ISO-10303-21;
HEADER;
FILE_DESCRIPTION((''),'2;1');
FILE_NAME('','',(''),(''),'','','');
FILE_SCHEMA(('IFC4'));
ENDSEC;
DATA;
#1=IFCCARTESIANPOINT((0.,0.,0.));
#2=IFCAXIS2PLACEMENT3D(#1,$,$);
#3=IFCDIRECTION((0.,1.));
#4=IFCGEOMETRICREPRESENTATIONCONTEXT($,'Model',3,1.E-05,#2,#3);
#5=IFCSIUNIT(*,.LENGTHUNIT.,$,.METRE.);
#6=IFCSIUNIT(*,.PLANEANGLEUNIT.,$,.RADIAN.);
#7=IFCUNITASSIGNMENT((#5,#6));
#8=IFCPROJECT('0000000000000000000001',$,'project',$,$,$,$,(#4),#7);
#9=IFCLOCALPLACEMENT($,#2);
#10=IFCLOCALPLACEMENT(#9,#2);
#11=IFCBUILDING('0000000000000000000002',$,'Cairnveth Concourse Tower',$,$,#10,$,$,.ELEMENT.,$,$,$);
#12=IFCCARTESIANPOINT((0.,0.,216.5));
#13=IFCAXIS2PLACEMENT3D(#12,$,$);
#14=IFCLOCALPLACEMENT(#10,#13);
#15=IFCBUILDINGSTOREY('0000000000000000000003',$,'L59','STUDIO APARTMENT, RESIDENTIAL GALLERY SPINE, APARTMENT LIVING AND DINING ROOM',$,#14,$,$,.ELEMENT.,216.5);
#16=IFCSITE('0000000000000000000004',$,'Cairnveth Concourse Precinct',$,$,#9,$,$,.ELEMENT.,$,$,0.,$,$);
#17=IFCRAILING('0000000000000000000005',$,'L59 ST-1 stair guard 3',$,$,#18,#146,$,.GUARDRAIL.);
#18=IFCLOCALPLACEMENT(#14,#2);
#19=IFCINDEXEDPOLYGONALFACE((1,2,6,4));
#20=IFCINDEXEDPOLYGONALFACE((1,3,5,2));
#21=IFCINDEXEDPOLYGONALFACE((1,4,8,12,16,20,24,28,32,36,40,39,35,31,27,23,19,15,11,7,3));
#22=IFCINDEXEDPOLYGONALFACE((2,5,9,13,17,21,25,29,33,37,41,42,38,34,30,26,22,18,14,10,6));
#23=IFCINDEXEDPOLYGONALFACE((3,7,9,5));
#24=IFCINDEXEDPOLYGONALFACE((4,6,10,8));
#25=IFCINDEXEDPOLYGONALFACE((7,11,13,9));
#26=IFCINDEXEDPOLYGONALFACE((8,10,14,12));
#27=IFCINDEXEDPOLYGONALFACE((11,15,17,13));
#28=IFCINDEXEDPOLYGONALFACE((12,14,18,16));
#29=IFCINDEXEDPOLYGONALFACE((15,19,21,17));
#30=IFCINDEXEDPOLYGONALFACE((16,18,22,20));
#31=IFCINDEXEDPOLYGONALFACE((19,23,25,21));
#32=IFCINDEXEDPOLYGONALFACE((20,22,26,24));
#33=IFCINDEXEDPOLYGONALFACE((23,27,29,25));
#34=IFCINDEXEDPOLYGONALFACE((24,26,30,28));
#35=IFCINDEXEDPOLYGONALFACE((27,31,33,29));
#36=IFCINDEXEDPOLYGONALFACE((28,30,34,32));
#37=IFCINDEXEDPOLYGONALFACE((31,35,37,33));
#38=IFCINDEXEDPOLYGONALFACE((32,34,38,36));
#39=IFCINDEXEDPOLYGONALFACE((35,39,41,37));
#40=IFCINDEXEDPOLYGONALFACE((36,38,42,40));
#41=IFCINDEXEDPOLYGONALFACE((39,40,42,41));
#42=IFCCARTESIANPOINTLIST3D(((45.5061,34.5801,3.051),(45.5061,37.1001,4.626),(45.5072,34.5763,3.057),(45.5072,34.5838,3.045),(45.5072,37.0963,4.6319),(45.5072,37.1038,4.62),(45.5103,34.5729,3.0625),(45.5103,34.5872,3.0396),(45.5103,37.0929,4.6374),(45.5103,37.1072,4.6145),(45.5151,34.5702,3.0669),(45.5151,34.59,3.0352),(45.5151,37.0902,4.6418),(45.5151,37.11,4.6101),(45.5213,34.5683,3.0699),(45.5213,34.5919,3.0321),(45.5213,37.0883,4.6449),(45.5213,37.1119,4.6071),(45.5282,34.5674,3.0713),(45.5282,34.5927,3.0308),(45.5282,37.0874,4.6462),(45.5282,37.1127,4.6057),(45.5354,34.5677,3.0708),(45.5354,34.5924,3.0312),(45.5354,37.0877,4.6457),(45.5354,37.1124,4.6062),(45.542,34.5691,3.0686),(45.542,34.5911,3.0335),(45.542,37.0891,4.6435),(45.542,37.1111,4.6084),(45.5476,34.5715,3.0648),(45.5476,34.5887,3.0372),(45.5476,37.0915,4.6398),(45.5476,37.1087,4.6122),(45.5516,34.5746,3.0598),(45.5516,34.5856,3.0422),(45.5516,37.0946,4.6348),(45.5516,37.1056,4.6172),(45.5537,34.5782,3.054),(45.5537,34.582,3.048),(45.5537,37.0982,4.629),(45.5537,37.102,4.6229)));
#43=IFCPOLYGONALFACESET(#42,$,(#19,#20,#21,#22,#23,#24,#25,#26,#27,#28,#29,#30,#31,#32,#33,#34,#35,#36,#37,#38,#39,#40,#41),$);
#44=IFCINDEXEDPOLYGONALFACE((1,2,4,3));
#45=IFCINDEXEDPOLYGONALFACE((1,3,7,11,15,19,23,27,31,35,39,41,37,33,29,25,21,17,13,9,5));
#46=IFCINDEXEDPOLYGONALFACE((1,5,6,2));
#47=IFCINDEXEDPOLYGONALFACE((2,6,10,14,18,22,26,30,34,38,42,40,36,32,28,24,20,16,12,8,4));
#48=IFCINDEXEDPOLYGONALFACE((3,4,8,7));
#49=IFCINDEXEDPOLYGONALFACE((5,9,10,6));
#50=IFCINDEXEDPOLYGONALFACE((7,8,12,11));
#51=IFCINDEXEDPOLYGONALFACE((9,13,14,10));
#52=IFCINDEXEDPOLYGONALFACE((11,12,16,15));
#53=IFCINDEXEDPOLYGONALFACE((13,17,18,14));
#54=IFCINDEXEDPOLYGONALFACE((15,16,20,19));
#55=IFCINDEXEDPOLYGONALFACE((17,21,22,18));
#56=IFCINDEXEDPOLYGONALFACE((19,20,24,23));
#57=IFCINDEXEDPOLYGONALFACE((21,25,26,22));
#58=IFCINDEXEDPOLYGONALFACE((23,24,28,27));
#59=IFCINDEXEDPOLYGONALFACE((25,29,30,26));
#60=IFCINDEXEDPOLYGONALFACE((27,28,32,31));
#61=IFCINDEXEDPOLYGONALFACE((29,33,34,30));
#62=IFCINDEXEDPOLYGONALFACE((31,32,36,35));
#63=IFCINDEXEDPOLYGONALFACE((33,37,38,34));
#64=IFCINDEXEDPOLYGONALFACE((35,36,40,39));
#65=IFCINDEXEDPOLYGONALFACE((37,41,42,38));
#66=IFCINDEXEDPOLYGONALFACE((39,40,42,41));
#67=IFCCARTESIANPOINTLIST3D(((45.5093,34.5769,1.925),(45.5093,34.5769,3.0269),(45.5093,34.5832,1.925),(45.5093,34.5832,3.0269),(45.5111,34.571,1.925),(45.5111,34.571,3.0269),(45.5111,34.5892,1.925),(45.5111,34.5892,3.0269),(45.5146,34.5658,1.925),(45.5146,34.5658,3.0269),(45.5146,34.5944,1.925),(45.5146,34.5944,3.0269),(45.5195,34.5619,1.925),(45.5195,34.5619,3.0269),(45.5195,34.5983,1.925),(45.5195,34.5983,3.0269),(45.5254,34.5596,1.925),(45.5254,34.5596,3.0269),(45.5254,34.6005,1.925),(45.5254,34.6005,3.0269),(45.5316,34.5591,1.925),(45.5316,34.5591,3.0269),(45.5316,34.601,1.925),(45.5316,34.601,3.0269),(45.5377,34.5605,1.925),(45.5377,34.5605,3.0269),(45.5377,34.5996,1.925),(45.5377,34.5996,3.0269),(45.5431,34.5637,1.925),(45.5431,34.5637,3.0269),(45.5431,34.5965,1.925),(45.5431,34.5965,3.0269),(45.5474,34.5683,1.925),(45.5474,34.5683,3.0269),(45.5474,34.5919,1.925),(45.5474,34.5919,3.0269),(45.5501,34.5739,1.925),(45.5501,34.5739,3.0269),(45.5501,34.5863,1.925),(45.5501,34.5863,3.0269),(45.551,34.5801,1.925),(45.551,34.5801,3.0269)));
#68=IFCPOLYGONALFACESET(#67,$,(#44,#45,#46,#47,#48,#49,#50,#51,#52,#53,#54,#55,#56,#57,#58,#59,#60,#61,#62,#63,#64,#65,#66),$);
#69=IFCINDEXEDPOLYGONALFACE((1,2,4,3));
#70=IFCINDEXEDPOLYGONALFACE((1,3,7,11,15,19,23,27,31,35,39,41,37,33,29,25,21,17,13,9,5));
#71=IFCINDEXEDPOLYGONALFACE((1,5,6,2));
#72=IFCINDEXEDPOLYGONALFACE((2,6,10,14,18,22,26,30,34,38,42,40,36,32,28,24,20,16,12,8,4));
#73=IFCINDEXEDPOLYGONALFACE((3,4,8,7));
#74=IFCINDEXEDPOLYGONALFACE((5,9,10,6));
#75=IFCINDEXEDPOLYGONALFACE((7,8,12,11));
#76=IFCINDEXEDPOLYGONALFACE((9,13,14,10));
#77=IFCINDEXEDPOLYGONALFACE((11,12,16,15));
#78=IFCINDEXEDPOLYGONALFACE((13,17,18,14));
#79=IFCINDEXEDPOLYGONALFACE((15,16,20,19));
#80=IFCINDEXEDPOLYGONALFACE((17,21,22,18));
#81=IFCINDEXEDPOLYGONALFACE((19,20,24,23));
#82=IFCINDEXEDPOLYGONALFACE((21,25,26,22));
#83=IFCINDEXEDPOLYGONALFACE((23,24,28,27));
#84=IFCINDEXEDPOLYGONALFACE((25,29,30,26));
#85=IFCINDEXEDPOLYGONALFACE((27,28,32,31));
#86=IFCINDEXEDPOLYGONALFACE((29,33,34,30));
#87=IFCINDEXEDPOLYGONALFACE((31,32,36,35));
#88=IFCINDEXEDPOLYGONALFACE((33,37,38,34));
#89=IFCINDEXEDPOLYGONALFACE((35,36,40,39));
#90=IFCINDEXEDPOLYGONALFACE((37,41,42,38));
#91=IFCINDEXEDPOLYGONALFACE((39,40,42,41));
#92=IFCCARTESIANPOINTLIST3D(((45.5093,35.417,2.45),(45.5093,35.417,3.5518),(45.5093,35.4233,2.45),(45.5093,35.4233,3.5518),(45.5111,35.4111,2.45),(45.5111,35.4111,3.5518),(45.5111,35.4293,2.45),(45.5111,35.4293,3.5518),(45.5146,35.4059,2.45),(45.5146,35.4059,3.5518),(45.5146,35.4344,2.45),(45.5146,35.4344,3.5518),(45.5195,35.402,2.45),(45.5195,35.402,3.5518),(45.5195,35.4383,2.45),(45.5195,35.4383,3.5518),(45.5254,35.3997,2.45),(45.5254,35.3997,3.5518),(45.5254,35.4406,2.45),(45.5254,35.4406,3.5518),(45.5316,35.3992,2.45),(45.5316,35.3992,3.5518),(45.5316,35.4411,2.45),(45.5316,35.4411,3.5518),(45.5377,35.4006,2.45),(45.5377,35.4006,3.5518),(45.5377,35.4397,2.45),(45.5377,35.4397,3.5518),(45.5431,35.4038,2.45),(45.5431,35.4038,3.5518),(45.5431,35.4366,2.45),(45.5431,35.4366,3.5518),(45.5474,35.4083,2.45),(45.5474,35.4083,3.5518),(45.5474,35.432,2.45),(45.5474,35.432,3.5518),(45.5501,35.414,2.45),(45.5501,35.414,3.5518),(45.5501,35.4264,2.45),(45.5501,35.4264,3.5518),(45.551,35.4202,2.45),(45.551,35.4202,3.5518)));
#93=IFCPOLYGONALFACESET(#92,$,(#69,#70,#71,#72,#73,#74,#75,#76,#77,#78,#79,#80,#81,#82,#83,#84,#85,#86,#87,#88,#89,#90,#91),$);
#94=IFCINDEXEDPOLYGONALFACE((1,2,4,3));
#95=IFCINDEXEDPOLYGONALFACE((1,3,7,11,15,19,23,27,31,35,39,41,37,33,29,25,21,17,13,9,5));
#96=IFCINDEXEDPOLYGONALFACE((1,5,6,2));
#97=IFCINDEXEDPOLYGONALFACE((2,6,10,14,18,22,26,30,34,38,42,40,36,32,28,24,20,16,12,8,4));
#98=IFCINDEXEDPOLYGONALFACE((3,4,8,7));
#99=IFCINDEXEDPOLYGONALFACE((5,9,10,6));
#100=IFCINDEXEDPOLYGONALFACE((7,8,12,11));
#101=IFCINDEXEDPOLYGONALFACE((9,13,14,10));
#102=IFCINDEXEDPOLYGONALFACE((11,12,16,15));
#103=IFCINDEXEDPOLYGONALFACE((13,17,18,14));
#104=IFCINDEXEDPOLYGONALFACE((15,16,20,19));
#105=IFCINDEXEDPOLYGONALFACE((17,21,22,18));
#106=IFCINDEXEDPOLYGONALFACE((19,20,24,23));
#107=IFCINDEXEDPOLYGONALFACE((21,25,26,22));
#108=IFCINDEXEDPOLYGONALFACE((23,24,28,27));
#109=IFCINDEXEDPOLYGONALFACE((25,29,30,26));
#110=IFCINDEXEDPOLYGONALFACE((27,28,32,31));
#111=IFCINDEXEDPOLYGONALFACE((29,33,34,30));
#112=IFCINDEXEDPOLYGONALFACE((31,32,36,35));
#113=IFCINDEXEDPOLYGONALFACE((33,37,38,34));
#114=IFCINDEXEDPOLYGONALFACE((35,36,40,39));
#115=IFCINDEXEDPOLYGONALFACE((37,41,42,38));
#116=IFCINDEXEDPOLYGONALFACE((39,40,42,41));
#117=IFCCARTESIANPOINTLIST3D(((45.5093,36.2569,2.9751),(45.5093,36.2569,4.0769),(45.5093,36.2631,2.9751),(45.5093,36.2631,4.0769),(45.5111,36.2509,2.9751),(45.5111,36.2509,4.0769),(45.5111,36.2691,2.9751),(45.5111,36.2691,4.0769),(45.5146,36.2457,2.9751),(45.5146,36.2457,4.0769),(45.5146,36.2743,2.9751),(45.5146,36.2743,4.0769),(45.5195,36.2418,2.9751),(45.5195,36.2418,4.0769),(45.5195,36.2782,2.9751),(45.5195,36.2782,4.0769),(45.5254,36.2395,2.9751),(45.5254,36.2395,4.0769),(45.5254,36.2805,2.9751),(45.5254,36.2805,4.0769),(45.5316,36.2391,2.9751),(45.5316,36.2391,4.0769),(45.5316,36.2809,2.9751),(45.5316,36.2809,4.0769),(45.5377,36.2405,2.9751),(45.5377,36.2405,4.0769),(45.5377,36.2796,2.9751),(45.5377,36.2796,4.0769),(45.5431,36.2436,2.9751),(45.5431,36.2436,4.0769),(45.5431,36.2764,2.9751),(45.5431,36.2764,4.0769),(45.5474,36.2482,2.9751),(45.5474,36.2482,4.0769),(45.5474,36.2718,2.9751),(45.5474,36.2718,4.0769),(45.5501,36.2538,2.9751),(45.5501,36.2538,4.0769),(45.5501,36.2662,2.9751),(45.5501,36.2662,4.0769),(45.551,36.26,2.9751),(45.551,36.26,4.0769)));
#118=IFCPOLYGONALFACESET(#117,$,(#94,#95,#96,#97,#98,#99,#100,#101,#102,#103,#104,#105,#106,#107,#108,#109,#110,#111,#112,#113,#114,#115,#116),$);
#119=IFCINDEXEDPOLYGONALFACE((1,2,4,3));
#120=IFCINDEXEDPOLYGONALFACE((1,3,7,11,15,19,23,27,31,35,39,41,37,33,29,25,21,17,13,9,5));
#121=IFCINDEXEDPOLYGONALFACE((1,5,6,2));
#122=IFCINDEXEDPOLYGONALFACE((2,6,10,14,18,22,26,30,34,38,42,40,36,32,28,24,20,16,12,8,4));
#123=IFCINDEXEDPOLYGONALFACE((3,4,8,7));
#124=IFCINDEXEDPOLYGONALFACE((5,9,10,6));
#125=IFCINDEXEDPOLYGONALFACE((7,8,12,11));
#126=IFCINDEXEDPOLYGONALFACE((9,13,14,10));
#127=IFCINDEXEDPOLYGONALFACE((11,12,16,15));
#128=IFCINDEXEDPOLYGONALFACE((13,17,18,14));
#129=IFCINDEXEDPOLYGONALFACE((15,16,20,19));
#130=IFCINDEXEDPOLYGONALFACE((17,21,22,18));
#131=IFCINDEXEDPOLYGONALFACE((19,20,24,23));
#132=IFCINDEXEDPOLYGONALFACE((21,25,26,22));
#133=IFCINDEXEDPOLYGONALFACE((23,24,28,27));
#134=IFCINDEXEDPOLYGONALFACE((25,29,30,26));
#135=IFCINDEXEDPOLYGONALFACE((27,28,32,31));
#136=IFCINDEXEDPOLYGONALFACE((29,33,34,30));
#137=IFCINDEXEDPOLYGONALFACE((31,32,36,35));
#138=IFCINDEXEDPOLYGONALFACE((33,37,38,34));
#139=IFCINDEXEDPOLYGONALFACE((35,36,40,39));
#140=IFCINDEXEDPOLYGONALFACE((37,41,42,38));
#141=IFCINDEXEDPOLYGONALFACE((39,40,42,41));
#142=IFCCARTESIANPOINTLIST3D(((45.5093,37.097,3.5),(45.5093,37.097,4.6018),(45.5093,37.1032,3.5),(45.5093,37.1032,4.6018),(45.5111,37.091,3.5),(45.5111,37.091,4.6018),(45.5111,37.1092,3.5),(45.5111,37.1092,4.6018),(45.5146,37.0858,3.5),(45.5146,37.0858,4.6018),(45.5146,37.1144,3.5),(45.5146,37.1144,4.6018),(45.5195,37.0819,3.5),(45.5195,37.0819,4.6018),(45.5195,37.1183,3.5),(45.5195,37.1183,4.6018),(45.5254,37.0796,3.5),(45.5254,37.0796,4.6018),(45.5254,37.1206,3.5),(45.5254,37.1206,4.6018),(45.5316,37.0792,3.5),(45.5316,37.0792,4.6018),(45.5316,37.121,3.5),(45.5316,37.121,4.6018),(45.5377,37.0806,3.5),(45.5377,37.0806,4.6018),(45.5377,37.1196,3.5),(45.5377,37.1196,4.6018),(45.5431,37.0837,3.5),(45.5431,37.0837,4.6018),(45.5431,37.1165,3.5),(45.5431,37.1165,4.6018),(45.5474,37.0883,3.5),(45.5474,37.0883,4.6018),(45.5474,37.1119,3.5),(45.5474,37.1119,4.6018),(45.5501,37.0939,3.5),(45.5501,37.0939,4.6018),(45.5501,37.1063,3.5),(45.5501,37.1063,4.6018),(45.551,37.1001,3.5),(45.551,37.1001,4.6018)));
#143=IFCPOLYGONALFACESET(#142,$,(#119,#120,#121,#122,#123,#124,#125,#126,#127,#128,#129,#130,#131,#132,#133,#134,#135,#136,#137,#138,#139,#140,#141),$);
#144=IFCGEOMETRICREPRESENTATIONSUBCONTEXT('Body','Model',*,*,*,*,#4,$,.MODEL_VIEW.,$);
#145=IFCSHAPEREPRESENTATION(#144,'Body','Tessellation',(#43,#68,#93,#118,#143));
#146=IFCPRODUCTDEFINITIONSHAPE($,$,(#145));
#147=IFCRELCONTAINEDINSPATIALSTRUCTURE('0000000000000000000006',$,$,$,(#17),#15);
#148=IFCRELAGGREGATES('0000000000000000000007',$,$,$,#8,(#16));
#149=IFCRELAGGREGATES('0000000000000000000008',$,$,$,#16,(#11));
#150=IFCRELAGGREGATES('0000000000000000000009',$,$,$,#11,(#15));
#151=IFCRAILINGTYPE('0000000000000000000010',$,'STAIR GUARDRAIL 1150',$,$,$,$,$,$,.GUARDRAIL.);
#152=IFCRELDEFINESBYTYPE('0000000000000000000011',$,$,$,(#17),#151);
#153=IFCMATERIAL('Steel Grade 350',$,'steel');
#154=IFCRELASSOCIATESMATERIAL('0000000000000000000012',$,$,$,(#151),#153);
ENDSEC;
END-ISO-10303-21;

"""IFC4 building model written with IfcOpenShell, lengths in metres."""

from ifc_helpers import new_model, si_unit, direction, frame, origin, origin_2d, place, context, subcontext, project, spatial, circle, extrude, material, type_object, element, save


model = new_model("IFC4")

# Units and contexts
model_context = context("Model", 3, precision=1e-05, world=origin(), true_north=direction((0.0, 1.0)))
body_context = subcontext(model_context, "Body", "Model", "MODEL_VIEW")
ifc_project = project(units=[si_unit("LENGTHUNIT", "METRE"), si_unit("PLANEANGLEUNIT", "RADIAN")], contexts=[model_context])

# Site, building, storey
site_placement = place(None, origin())
site = spatial("IfcSite", under=ifc_project, at=site_placement, Name="Cairnveth Concourse Precinct", CompositionType="ELEMENT", RefElevation=0.0)
building_placement = place(site_placement, origin())
building = spatial("IfcBuilding", under=site, at=building_placement, Name="Cairnveth Concourse Tower", CompositionType="ELEMENT")
storey_placement = place(building_placement, frame((0.0, 0.0, 216.5)))
storey = spatial("IfcBuildingStorey", under=building, at=storey_placement, Name="L59", Description="STUDIO APARTMENT, RESIDENTIAL GALLERY SPINE, APARTMENT LIVING AND DINING ROOM", CompositionType="ELEMENT", Elevation=216.5)

# Shared definitions
ifc_material_1 = material(Name="Steel Grade 350", Category="steel")

# Railing
railing_type_1 = type_object("IfcRailingType", Name="STAIR GUARDRAIL 1150", PredefinedType="GUARDRAIL", material=ifc_material_1)
railing_1_placement = place(storey_placement, frame((45.53, 34.5801, 1.925)))
element("IfcRailing", 1, at=railing_1_placement, inside=storey, type_object=railing_type_1, Name="L59 ST-1 stair guard 3", PredefinedType="GUARDRAIL", context=body_context, shape_type="SweptSolid", body=[
    extrude(circle(Radius=0.0239, at=origin_2d()), frame((0.0, 0.0, 1.126), z_axis=(0.0, 0.848008, 0.529984), x_axis=(-1.0, 0.0, 0.0)), (0.0, 0.0, 1.0), 2.9717),
    extrude(circle(Radius=0.021, at=origin_2d()), origin(), (0.0, 0.0, 1.0), 1.1018),
    extrude(circle(Radius=0.021, at=origin_2d()), frame((0.0, 0.8401, 0.5249)), (0.0, 0.0, 1.0), 1.1018),
    extrude(circle(Radius=0.021, at=origin_2d()), frame((0.0, 1.6799, 1.05)), (0.0, 0.0, 1.0), 1.1018),
    extrude(circle(Radius=0.021, at=origin_2d()), frame((0.0, 2.52, 1.575)), (0.0, 0.0, 1.0), 1.1018),
])

save(model, "model.ifc")
